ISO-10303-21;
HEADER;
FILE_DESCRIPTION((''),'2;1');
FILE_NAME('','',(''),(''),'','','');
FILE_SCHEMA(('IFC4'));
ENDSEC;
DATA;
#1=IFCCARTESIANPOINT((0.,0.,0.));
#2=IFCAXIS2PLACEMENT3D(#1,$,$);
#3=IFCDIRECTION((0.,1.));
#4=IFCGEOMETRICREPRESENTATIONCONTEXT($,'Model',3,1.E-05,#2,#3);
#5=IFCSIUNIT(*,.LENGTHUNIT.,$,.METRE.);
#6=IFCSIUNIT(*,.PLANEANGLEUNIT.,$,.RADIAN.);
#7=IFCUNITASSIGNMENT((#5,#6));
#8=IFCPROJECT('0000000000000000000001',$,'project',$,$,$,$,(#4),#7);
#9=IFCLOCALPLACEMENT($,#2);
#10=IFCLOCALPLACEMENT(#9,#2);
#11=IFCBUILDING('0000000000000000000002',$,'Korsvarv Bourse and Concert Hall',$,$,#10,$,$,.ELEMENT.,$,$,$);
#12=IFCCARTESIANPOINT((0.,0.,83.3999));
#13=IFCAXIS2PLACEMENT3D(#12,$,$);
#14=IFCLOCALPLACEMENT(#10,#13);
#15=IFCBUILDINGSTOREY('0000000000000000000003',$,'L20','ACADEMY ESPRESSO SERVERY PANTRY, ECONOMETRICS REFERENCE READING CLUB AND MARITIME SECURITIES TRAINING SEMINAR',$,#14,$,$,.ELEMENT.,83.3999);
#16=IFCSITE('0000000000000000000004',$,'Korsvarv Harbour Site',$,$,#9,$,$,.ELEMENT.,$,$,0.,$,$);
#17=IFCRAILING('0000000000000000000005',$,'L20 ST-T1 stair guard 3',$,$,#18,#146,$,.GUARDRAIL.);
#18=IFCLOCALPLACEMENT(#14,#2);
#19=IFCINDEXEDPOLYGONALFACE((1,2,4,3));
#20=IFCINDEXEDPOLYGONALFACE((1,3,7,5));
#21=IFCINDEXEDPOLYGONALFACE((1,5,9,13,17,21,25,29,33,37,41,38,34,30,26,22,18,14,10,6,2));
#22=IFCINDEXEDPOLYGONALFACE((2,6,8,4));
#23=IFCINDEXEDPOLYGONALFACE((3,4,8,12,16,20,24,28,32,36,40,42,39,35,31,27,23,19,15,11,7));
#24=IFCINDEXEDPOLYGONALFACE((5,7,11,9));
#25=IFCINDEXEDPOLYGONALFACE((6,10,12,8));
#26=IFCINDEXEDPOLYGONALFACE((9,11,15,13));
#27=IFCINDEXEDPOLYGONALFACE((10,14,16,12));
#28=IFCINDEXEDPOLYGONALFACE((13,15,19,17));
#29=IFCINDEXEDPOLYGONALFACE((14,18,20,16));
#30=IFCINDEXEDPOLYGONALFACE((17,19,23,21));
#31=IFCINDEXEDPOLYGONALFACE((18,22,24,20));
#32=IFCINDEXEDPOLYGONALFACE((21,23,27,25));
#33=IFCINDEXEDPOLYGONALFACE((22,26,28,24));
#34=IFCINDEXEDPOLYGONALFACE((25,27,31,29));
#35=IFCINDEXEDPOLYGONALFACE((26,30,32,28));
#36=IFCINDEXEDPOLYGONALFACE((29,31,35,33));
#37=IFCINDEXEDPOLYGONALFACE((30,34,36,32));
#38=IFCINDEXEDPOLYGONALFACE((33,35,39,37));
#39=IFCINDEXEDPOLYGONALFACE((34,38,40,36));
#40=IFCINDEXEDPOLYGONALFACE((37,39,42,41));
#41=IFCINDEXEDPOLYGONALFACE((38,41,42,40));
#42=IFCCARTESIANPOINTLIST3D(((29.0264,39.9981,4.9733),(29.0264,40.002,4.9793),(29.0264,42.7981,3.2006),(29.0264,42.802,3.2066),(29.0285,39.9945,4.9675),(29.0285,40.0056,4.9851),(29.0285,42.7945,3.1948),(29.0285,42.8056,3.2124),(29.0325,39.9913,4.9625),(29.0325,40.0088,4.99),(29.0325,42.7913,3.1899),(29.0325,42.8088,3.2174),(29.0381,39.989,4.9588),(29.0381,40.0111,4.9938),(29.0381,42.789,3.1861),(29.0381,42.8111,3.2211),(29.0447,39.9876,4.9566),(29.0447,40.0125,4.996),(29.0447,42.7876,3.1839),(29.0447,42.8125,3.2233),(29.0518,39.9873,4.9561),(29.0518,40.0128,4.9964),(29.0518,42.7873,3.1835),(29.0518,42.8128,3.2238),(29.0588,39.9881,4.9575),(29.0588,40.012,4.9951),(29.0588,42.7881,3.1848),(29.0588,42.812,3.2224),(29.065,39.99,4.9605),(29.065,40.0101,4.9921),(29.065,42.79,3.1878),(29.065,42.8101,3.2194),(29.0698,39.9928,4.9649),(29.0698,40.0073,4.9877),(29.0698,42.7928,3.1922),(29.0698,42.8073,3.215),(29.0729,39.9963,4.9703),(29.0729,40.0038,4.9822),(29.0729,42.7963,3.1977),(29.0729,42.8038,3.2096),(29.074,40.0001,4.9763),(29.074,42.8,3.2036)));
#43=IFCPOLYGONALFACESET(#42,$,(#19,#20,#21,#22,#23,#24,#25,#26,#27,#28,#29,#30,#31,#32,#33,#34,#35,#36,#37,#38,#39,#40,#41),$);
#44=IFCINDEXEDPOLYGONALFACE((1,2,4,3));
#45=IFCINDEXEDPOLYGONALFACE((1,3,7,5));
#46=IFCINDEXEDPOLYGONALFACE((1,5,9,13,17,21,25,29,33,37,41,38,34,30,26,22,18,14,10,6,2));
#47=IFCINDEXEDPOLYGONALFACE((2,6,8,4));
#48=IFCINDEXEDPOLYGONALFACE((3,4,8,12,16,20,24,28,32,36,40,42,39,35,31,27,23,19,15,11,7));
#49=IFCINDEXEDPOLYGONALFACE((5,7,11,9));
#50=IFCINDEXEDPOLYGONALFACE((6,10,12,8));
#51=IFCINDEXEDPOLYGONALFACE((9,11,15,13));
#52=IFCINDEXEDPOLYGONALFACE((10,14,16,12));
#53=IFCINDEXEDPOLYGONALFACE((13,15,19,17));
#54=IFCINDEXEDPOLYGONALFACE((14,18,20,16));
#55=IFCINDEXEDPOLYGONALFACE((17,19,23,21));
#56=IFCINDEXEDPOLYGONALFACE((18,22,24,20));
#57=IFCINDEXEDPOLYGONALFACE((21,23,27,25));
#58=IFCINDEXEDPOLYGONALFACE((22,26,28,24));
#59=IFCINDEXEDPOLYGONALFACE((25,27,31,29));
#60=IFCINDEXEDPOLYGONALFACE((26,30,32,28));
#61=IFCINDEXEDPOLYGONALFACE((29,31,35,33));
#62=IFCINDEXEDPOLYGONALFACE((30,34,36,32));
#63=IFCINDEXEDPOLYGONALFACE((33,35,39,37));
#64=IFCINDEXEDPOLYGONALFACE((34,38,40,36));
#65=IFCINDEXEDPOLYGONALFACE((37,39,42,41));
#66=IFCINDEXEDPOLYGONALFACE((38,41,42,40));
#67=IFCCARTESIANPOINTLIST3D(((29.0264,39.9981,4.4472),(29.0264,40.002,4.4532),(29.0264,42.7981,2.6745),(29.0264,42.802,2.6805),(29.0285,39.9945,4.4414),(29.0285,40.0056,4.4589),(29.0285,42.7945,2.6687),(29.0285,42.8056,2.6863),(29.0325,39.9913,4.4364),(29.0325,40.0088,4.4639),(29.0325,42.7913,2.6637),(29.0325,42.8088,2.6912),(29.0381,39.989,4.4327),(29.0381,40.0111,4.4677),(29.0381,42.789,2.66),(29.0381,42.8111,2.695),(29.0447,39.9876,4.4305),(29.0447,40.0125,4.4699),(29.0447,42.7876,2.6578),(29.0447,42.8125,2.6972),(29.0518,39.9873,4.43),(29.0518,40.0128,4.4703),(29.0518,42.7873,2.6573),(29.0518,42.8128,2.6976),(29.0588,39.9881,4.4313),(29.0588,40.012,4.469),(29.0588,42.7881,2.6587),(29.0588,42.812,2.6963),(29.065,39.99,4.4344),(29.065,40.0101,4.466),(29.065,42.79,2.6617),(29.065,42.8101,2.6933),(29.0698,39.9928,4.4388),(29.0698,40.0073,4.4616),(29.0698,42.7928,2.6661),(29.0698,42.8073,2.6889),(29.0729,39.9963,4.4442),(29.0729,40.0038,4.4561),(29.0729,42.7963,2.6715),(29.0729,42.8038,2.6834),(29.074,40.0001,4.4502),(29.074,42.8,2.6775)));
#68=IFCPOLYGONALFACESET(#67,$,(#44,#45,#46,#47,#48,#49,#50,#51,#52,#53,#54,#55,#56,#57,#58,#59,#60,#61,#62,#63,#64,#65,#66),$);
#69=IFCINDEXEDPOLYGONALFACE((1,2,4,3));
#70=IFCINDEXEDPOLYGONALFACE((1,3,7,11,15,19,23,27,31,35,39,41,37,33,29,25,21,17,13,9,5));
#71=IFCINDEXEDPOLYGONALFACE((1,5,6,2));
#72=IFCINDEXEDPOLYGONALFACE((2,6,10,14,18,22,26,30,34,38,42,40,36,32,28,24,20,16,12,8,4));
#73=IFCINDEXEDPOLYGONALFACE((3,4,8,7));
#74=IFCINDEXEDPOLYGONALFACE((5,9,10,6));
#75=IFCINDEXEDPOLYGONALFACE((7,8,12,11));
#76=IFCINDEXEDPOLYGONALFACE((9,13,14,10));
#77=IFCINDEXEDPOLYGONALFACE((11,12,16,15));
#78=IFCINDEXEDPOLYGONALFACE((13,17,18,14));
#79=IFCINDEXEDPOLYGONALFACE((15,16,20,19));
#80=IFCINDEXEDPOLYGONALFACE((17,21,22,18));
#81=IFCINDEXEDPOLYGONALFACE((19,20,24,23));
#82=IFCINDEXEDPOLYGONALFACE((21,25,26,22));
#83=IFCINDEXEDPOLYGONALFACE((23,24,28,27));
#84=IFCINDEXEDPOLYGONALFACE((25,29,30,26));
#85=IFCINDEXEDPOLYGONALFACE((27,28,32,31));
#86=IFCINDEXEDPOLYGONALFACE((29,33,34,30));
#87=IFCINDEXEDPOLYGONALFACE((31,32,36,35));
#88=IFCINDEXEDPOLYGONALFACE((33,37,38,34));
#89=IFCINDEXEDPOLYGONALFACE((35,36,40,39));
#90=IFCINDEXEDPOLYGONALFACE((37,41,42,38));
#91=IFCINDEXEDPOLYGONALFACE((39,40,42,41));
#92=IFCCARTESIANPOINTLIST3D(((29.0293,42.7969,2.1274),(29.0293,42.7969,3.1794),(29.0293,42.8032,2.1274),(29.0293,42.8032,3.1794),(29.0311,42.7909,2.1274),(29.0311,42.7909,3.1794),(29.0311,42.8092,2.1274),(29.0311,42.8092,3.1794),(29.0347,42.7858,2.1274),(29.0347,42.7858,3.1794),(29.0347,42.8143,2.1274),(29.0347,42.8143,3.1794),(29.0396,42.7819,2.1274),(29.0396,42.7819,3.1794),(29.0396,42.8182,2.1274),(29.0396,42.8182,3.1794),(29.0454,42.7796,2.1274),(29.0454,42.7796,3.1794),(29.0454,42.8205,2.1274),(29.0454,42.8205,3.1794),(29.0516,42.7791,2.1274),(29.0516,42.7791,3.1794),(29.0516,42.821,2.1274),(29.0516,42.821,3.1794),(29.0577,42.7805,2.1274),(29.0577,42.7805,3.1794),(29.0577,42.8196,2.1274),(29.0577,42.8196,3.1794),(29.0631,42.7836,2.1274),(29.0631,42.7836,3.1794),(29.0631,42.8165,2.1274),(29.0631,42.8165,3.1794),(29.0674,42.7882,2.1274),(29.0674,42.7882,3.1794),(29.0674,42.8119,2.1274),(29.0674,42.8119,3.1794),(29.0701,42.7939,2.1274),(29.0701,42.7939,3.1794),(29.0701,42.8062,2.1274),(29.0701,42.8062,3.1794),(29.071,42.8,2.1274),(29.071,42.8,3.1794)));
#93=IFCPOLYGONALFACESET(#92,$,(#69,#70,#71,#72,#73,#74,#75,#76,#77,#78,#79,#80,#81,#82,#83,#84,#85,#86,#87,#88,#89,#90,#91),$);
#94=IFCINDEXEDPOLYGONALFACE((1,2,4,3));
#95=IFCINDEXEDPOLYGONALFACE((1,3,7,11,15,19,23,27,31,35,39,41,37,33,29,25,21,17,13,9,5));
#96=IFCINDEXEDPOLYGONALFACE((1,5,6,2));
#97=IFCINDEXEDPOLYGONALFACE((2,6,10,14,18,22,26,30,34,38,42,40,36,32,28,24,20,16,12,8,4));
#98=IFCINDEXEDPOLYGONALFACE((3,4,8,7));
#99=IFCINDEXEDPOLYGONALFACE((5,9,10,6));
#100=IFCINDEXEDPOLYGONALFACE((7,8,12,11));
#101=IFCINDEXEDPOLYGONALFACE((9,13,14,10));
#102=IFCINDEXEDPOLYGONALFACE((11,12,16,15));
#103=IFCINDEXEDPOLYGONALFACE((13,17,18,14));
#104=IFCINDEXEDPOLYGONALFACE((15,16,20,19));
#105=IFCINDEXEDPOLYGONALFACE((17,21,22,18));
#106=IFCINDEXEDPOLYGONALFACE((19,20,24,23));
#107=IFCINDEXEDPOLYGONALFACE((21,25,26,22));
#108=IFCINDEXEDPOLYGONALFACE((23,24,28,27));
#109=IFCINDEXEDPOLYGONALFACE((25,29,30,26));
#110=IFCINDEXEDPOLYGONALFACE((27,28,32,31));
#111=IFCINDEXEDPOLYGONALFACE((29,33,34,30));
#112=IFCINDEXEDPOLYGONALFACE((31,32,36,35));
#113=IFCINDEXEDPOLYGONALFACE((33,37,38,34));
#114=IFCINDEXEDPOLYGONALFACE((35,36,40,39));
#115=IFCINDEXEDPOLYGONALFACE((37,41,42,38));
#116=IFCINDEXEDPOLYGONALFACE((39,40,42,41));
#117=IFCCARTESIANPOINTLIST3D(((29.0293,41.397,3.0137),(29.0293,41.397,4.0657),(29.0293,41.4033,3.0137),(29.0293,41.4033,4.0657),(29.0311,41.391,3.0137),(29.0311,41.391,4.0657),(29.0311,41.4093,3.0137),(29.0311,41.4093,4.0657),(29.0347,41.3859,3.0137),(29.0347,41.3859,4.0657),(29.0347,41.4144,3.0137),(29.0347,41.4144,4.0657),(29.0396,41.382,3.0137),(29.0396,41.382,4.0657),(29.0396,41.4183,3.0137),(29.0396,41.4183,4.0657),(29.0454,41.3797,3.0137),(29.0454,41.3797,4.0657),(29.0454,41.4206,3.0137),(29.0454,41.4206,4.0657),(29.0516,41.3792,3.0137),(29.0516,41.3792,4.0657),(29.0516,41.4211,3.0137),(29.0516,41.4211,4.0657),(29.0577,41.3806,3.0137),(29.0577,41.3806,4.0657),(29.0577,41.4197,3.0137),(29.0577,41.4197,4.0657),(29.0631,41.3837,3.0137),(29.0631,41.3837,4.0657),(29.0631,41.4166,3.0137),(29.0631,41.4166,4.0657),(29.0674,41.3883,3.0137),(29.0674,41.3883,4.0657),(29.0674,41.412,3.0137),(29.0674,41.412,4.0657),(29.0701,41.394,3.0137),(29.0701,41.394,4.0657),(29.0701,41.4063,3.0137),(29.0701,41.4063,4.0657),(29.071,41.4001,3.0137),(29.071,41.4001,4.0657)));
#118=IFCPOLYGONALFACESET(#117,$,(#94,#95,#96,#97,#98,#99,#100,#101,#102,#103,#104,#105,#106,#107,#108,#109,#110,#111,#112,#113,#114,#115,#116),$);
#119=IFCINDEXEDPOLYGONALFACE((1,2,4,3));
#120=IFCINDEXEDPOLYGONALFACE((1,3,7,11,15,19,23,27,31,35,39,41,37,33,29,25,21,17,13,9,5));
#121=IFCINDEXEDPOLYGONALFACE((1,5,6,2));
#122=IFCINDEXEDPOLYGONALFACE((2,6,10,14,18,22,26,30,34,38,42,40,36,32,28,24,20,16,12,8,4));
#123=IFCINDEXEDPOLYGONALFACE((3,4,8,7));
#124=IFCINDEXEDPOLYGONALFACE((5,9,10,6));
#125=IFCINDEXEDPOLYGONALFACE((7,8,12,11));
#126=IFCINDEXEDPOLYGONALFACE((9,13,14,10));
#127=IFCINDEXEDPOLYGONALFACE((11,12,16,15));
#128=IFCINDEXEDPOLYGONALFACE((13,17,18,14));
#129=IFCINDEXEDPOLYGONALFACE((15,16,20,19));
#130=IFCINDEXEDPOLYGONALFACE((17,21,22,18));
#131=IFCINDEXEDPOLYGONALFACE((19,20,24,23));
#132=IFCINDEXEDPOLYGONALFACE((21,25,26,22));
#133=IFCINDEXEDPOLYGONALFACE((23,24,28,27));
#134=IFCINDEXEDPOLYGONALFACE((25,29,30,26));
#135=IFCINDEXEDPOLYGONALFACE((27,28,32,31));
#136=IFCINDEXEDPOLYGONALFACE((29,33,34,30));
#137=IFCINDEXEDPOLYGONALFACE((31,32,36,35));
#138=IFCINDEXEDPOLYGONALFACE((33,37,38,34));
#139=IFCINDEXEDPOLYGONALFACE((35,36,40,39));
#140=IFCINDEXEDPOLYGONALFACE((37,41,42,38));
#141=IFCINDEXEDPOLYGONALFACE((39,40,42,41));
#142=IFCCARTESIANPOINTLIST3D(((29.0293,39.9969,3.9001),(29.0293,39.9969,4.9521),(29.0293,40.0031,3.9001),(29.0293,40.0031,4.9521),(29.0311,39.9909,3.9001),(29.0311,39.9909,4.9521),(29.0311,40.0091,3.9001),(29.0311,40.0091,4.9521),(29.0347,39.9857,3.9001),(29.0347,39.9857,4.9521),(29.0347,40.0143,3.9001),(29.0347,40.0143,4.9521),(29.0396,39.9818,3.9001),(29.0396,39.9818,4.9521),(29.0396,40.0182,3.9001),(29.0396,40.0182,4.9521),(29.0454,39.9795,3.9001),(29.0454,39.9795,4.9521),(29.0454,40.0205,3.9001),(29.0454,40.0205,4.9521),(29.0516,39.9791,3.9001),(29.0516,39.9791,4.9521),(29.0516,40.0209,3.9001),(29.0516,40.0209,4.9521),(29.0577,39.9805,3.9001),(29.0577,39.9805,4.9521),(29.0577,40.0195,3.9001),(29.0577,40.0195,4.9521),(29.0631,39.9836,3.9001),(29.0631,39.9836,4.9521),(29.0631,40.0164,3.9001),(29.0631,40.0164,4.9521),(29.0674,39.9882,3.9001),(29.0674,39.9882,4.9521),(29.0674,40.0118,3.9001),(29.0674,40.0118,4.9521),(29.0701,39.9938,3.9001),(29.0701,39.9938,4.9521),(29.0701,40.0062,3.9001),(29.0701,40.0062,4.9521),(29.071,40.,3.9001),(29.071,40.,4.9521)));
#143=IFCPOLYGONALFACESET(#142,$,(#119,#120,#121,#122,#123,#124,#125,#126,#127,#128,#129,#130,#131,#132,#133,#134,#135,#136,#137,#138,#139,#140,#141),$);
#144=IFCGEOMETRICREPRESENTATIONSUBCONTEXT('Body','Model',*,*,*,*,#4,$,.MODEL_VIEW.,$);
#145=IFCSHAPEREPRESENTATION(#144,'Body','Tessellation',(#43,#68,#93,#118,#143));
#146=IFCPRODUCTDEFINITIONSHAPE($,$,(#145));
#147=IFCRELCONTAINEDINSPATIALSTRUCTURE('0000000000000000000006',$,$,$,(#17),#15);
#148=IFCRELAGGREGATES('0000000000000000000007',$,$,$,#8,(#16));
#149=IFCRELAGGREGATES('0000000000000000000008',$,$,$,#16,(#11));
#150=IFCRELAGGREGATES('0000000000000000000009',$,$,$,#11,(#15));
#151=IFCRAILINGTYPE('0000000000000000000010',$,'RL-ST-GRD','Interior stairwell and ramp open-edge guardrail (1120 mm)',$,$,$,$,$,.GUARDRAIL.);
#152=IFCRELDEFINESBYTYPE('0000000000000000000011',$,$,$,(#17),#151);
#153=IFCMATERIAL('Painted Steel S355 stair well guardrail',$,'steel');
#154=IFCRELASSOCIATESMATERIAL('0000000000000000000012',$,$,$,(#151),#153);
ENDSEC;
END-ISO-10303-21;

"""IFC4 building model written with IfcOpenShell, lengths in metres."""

from ifc_helpers import new_model, si_unit, direction, frame, origin, origin_2d, place, context, subcontext, project, spatial, circle, extrude, material, type_object, element, save


model = new_model("IFC4")

# Units and contexts
model_context = context("Model", 3, precision=1e-05, world=origin(), true_north=direction((0.0, 1.0)))
body_context = subcontext(model_context, "Body", "Model", "MODEL_VIEW")
ifc_project = project(units=[si_unit("LENGTHUNIT", "METRE"), si_unit("PLANEANGLEUNIT", "RADIAN")], contexts=[model_context])

# Site, building, storey
site_placement = place(None, origin())
site = spatial("IfcSite", under=ifc_project, at=site_placement, Name="Korsvarv Harbour Site", CompositionType="ELEMENT", RefElevation=0.0)
building_placement = place(site_placement, origin())
building = spatial("IfcBuilding", under=site, at=building_placement, Name="Korsvarv Bourse and Concert Hall", CompositionType="ELEMENT")
storey_placement = place(building_placement, frame((0.0, 0.0, 83.3999)))
storey = spatial("IfcBuildingStorey", under=building, at=storey_placement, Name="L20", Description="ACADEMY ESPRESSO SERVERY PANTRY, ECONOMETRICS REFERENCE READING CLUB AND MARITIME SECURITIES TRAINING SEMINAR", CompositionType="ELEMENT", Elevation=83.3999)

# Railing
ifc_material_1 = material(Name="Painted Steel S355 stair well guardrail", Category="steel")
railing_type_1 = type_object("IfcRailingType", Name="RL-ST-GRD", Description="Interior stairwell and ramp open-edge guardrail (1120 mm)", PredefinedType="GUARDRAIL", material=ifc_material_1)
railing_1_placement = place(storey_placement, frame((29.05, 42.8, 2.1274)))
element("IfcRailing", 1, at=railing_1_placement, inside=storey, type_object=railing_type_1, Name="L20 ST-T1 stair guard 3", PredefinedType="GUARDRAIL", context=body_context, shape_type="SweptSolid", body=[
    extrude(circle(Radius=0.0239, at=origin_2d()), frame((0.0, 0.0, 1.0762), z_axis=(0.0, -0.844909, 0.53491), x_axis=(1.0, 0.0, 0.0)), (0.0, 0.0, 1.0), 3.314),
    extrude(circle(Radius=0.0239, at=origin_2d()), frame((0.0, 0.0, 0.55), z_axis=(0.0, -0.844909, 0.53491), x_axis=(1.0, 0.0, 0.0)), (0.0, 0.0, 1.0), 3.314),
    extrude(circle(Radius=0.021, at=origin_2d()), origin(), (0.0, 0.0, 1.0), 1.052),
    extrude(circle(Radius=0.021, at=origin_2d()), frame((0.0, -1.3999, 0.8862)), (0.0, 0.0, 1.0), 1.052),
    extrude(circle(Radius=0.021, at=origin_2d()), frame((0.0, -2.8, 1.7727)), (0.0, 0.0, 1.0), 1.052),
])

save(model, "model.ifc")
